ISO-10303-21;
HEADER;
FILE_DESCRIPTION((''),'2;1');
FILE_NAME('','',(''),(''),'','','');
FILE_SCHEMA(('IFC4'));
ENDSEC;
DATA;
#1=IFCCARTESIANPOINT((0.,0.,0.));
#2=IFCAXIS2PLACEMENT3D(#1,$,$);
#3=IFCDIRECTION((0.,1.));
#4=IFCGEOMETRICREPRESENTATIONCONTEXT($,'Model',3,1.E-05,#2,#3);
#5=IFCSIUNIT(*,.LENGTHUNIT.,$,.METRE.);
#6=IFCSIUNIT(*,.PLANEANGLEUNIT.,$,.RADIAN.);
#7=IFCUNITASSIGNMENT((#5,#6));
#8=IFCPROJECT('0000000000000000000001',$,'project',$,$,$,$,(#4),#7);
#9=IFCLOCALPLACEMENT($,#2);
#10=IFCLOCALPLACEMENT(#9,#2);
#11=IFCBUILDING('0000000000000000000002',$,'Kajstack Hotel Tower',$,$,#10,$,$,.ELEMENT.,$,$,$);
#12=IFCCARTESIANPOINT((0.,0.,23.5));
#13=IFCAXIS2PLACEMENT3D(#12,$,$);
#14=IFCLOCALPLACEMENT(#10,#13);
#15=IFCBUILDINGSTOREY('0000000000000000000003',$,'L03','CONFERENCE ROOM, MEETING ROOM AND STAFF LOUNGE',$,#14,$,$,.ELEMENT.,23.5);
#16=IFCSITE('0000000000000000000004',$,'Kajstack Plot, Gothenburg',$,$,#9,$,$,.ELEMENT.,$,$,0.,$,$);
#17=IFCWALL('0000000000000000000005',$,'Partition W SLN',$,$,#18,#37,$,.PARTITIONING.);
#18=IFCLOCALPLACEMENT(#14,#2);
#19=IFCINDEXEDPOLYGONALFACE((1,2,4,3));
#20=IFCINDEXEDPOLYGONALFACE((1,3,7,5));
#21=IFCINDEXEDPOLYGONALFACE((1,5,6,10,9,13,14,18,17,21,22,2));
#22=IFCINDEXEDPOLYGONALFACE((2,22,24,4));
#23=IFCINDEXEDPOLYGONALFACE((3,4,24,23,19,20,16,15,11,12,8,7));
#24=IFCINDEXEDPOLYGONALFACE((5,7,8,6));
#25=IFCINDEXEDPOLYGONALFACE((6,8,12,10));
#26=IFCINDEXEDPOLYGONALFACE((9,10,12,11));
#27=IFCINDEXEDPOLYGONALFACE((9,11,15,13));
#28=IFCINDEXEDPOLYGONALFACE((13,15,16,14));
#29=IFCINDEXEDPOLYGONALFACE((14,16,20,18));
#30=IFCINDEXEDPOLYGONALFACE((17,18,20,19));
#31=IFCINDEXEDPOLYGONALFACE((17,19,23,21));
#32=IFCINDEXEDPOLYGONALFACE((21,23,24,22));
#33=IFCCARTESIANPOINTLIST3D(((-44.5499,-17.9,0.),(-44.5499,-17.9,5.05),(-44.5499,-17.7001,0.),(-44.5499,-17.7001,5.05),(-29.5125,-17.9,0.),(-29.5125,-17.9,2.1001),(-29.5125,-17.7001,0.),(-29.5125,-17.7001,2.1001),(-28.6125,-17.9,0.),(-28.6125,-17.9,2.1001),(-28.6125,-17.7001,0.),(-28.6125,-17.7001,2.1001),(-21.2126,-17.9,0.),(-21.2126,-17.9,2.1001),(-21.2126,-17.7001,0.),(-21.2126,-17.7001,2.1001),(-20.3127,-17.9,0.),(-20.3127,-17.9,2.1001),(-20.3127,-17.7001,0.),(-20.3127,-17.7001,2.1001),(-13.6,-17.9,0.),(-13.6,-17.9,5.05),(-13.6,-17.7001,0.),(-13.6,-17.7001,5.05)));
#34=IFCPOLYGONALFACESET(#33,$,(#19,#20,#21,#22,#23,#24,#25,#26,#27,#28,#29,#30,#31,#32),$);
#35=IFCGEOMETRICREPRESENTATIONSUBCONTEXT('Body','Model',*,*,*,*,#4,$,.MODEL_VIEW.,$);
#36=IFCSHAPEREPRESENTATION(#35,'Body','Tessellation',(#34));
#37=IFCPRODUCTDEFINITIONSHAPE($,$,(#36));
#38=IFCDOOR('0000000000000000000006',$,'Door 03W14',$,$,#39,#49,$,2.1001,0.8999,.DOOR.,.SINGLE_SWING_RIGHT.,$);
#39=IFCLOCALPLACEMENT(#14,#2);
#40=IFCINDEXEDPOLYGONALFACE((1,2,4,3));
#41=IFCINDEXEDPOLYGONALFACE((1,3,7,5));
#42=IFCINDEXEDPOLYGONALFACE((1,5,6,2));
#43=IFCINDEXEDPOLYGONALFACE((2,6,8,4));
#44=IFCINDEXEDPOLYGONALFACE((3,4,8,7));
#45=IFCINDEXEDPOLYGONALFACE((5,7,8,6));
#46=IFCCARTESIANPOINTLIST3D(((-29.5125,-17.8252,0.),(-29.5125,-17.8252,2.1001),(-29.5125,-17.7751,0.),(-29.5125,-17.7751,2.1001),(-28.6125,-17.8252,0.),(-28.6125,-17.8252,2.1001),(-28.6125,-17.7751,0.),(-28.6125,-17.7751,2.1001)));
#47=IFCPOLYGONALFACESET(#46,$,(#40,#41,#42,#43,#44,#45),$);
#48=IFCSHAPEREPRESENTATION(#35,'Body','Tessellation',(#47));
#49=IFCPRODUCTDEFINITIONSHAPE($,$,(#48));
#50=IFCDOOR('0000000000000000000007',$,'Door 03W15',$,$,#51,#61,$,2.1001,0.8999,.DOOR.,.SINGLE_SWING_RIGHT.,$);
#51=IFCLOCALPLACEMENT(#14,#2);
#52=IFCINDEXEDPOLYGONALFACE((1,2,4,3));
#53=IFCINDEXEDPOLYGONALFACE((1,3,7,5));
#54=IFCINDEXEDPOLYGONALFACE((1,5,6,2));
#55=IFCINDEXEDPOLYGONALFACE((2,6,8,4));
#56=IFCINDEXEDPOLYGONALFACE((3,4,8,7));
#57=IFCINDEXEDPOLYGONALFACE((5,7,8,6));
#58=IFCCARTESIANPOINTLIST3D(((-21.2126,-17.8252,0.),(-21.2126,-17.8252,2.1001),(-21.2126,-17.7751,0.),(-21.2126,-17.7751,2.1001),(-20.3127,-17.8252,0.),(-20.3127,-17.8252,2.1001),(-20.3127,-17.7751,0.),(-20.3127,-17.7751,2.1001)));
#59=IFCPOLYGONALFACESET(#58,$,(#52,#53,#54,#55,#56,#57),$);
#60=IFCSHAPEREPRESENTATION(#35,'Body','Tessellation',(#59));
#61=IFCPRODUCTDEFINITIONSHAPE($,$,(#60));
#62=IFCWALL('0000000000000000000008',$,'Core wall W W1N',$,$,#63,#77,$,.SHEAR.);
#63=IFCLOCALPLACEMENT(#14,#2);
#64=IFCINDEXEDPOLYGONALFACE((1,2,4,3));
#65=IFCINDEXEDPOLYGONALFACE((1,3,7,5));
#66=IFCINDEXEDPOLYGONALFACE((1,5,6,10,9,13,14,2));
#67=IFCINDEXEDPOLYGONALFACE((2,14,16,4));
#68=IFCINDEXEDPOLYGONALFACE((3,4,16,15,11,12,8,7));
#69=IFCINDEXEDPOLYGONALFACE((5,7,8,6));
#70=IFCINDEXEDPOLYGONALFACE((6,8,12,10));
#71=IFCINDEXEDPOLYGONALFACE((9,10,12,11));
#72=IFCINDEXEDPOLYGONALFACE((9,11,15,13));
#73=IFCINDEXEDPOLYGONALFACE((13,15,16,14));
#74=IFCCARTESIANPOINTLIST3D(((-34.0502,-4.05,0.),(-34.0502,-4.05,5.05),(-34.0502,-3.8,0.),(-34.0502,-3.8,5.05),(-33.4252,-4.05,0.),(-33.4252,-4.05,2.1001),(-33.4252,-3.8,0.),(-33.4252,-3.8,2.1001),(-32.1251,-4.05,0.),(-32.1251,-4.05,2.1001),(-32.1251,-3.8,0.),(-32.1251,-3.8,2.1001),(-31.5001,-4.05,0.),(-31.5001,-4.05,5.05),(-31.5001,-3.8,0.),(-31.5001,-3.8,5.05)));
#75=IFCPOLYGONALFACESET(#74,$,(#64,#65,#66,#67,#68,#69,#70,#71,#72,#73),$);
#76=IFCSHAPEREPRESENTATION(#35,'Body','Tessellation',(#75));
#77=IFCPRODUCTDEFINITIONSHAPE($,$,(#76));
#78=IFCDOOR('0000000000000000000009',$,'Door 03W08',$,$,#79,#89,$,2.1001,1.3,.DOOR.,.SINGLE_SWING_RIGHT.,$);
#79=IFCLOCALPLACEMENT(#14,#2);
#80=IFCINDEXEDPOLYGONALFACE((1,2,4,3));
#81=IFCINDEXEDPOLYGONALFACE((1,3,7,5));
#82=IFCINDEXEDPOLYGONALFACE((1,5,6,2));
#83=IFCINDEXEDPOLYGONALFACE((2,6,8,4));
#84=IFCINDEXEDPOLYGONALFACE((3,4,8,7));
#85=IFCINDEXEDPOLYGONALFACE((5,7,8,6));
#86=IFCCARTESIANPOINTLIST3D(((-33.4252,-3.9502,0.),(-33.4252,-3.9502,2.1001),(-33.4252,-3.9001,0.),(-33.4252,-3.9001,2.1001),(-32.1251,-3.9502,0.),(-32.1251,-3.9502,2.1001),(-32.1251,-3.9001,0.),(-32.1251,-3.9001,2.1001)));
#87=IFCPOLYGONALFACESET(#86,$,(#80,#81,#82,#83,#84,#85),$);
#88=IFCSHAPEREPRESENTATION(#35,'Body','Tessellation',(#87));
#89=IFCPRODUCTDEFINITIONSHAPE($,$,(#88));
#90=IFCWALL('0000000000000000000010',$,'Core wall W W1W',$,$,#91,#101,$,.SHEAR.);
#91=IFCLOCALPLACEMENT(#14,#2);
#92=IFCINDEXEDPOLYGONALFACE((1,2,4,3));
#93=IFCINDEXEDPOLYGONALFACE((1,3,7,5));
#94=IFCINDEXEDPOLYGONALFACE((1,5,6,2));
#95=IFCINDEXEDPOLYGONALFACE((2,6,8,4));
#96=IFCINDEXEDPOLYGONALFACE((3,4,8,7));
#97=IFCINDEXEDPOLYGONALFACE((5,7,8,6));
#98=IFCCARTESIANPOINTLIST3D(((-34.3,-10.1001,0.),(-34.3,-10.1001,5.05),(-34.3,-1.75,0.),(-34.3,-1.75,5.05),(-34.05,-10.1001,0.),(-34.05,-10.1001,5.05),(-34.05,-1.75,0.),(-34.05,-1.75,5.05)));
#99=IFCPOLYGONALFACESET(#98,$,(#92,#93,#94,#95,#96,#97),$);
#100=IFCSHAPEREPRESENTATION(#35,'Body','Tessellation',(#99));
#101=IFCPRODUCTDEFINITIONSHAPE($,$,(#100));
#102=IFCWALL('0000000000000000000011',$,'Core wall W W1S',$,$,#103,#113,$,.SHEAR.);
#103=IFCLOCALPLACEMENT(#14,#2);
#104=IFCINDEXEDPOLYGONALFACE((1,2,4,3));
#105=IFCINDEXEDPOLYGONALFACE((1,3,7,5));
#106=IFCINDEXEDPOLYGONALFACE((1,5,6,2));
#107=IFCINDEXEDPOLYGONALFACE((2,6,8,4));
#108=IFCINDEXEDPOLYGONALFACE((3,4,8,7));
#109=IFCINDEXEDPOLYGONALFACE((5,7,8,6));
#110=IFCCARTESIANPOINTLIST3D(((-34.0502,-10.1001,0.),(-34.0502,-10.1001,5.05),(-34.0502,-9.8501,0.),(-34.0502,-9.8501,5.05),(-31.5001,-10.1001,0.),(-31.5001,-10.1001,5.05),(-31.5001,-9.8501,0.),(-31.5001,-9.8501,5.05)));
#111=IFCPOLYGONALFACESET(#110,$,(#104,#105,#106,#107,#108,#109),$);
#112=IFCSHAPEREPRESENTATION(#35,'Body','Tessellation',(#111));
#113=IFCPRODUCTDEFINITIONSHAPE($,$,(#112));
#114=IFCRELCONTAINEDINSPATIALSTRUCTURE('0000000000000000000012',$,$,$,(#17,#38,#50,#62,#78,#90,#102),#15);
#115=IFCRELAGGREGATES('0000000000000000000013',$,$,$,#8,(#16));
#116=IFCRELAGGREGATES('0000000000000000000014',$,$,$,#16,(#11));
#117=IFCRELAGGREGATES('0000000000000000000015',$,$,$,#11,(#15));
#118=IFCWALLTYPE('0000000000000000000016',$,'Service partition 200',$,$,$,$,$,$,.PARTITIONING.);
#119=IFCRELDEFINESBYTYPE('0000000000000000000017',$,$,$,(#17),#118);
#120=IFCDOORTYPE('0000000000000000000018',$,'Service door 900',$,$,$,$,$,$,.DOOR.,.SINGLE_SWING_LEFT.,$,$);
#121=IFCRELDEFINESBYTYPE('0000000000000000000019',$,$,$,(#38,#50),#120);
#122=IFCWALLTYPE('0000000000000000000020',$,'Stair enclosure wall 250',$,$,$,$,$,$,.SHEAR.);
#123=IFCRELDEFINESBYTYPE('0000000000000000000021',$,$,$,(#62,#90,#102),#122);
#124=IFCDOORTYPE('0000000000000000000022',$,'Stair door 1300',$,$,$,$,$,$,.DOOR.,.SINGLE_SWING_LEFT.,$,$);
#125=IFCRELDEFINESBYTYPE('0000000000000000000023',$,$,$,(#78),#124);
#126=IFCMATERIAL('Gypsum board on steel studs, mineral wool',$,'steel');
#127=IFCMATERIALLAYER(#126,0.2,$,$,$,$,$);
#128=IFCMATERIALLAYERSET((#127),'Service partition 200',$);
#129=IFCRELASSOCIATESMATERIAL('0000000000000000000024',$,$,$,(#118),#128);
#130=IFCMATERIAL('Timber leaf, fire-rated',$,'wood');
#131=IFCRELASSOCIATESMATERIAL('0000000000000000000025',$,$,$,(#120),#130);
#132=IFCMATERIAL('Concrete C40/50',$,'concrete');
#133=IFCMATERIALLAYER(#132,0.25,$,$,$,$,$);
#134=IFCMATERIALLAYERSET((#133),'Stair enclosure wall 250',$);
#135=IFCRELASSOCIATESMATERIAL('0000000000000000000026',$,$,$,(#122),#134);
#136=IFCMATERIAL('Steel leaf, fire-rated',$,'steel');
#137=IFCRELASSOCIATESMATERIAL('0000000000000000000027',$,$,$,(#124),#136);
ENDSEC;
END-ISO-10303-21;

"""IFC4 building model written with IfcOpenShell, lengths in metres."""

from ifc_helpers import new_model, si_unit, direction, frame, frame_2d, origin, place, context, subcontext, project, spatial, rectangle, extrude, material, layer, layer_set, type_object, element, fill, save


model = new_model("IFC4")

# Units and contexts
model_context = context("Model", 3, precision=1e-05, world=origin(), true_north=direction((0.0, 1.0)))
body_context = subcontext(model_context, "Body", "Model", "MODEL_VIEW")
ifc_project = project(units=[si_unit("LENGTHUNIT", "METRE"), si_unit("PLANEANGLEUNIT", "RADIAN")], contexts=[model_context])

# Site, building, storey
site_placement = place(None, origin())
site = spatial("IfcSite", under=ifc_project, at=site_placement, Name="Kajstack Plot, Gothenburg", CompositionType="ELEMENT", RefElevation=0.0)
building_placement = place(site_placement, origin())
building = spatial("IfcBuilding", under=site, at=building_placement, Name="Kajstack Hotel Tower", CompositionType="ELEMENT")
storey_placement = place(building_placement, frame((0.0, 0.0, 23.5)))
storey = spatial("IfcBuildingStorey", under=building, at=storey_placement, Name="L03", Description="CONFERENCE ROOM, MEETING ROOM AND STAFF LOUNGE", CompositionType="ELEMENT", Elevation=23.5)

# Shared definitions
ifc_material_1 = material(Name="Concrete C40/50", Category="concrete")

# Shared definitions
ifc_material_2 = material(Name="Gypsum board on steel studs, mineral wool", Category="steel")
ifc_layer_1 = layer(ifc_material_2, 0.2)
ifc_layer_set_1 = layer_set([ifc_layer_1], Name="Service partition 200")
wall_type_1 = type_object("IfcWallType", Name="Service partition 200", PredefinedType="PARTITIONING", material=ifc_layer_set_1)
ifc_material_3 = material(Name="Timber leaf, fire-rated", Category="wood")
door_type_1 = type_object("IfcDoorType", Name="Service door 900", OperationType="SINGLE_SWING_LEFT", PredefinedType="DOOR", material=ifc_material_3)

# Wall, openings, doors
wall_1_placement = place(storey_placement, frame((-44.55, -17.8, 0.0), z_axis=(0.0, 0.0, 1.0), x_axis=(1.0, 0.0, 0.0)))
wall_1 = element("IfcWall", 1, at=wall_1_placement, inside=storey, type_object=wall_type_1, Name="Partition W SLN", PredefinedType="PARTITIONING", context=body_context, shape_type="SweptSolid", body=[
    extrude(rectangle(XDim=30.95, YDim=0.2, at=frame_2d((15.4751, 0.0))), origin(), (0.0, 0.0, 1.0), 5.05),
])
opening_1_placement = place(wall_1_placement, frame((15.0376, 0.0, 0.0)))
opening_1 = element("IfcOpeningElement", 2, at=opening_1_placement, cuts=wall_1, PredefinedType="OPENING", context=body_context, shape_type="SweptSolid", body=[
    extrude(rectangle(XDim=0.8999, YDim=2.1001, at=frame_2d((0.45, 1.05))), frame((0.0, 0.1099, 0.0), z_axis=(0.0, -1.0, 0.0), x_axis=(1.0, 0.0, 0.0)), (0.0, 0.0, 1.0), 0.22),
])
opening_2_placement = place(wall_1_placement, frame((23.3374, 0.0, 0.0)))
opening_2 = element("IfcOpeningElement", 3, at=opening_2_placement, cuts=wall_1, PredefinedType="OPENING", context=body_context, shape_type="SweptSolid", body=[
    extrude(rectangle(XDim=0.8999, YDim=2.1001, at=frame_2d((0.45, 1.05))), frame((0.0, 0.1099, 0.0), z_axis=(0.0, -1.0, 0.0), x_axis=(1.0, 0.0, 0.0)), (0.0, 0.0, 1.0), 0.22),
])
door_1_placement = place(opening_1_placement, origin())
door_1 = element("IfcDoor", 4, at=door_1_placement, inside=storey, type_object=door_type_1, Name="Door 03W14", OperationType="SINGLE_SWING_RIGHT", OverallHeight=2.1001, OverallWidth=0.8999, PredefinedType="DOOR", context=body_context, shape_type="SweptSolid", body=[
    extrude(rectangle(XDim=0.8999, YDim=2.1001, at=frame_2d((0.45, 1.05))), frame((0.0, 0.0249, 0.0), z_axis=(0.0, -1.0, 0.0), x_axis=(1.0, 0.0, 0.0)), (0.0, 0.0, 1.0), 0.05),
])
fill(opening_1, door_1)
door_2_placement = place(opening_2_placement, origin())
door_2 = element("IfcDoor", 5, at=door_2_placement, inside=storey, type_object=door_type_1, Name="Door 03W15", OperationType="SINGLE_SWING_RIGHT", OverallHeight=2.1001, OverallWidth=0.8999, PredefinedType="DOOR", context=body_context, shape_type="SweptSolid", body=[
    extrude(rectangle(XDim=0.8999, YDim=2.1001, at=frame_2d((0.45, 1.05))), frame((0.0, 0.0249, 0.0), z_axis=(0.0, -1.0, 0.0), x_axis=(1.0, 0.0, 0.0)), (0.0, 0.0, 1.0), 0.05),
])
fill(opening_2, door_2)

# Wall, opening, door
ifc_layer_2 = layer(ifc_material_1, 0.25)
ifc_layer_set_2 = layer_set([ifc_layer_2], Name="Stair enclosure wall 250")
wall_type_2 = type_object("IfcWallType", Name="Stair enclosure wall 250", PredefinedType="SHEAR", material=ifc_layer_set_2)
wall_2_placement = place(storey_placement, frame((-34.05, -3.925, 0.0), z_axis=(0.0, 0.0, 1.0), x_axis=(1.0, 0.0, 0.0)))
wall_2 = element("IfcWall", 6, at=wall_2_placement, inside=storey, type_object=wall_type_2, Name="Core wall W W1N", PredefinedType="SHEAR", context=body_context, shape_type="SweptSolid", body=[
    extrude(rectangle(XDim=2.55, YDim=0.25, at=frame_2d((1.2749, 0.0))), origin(), (0.0, 0.0, 1.0), 5.05),
])
opening_3_placement = place(wall_2_placement, frame((0.625, 0.0, 0.0)))
opening_3 = element("IfcOpeningElement", 7, at=opening_3_placement, cuts=wall_2, PredefinedType="OPENING", context=body_context, shape_type="SweptSolid", body=[
    extrude(rectangle(XDim=1.3, YDim=2.1001, at=frame_2d((0.6499, 1.05))), frame((0.0, 0.135, 0.0), z_axis=(0.0, -1.0, 0.0), x_axis=(1.0, 0.0, 0.0)), (0.0, 0.0, 1.0), 0.27),
])
ifc_material_4 = material(Name="Steel leaf, fire-rated", Category="steel")
door_type_2 = type_object("IfcDoorType", Name="Stair door 1300", OperationType="SINGLE_SWING_LEFT", PredefinedType="DOOR", material=ifc_material_4)
door_3_placement = place(opening_3_placement, origin())
door_3 = element("IfcDoor", 8, at=door_3_placement, inside=storey, type_object=door_type_2, Name="Door 03W08", OperationType="SINGLE_SWING_RIGHT", OverallHeight=2.1001, OverallWidth=1.3, PredefinedType="DOOR", context=body_context, shape_type="SweptSolid", body=[
    extrude(rectangle(XDim=1.3, YDim=2.1001, at=frame_2d((0.6499, 1.05))), frame((0.0, 0.0249, 0.0), z_axis=(0.0, -1.0, 0.0), x_axis=(1.0, 0.0, 0.0)), (0.0, 0.0, 1.0), 0.05),
])
fill(opening_3, door_3)

# Walls
wall_3_placement = place(storey_placement, frame((-34.175, -10.1001, 0.0), z_axis=(0.0, 0.0, 1.0), x_axis=(0.0, 1.0, 0.0)))
element("IfcWall", 9, at=wall_3_placement, inside=storey, type_object=wall_type_2, Name="Core wall W W1W", PredefinedType="SHEAR", context=body_context, shape_type="SweptSolid", body=[
    extrude(rectangle(XDim=8.3501, YDim=0.25, at=frame_2d((4.175, 0.0))), origin(), (0.0, 0.0, 1.0), 5.05),
])
wall_4_placement = place(storey_placement, frame((-34.05, -9.9751, 0.0), z_axis=(0.0, 0.0, 1.0), x_axis=(1.0, 0.0, 0.0)))
element("IfcWall", 10, at=wall_4_placement, inside=storey, type_object=wall_type_2, Name="Core wall W W1S", PredefinedType="SHEAR", context=body_context, shape_type="SweptSolid", body=[
    extrude(rectangle(XDim=2.55, YDim=0.25, at=frame_2d((1.2749, 0.0))), origin(), (0.0, 0.0, 1.0), 5.05),
])

save(model, "model.ifc")
